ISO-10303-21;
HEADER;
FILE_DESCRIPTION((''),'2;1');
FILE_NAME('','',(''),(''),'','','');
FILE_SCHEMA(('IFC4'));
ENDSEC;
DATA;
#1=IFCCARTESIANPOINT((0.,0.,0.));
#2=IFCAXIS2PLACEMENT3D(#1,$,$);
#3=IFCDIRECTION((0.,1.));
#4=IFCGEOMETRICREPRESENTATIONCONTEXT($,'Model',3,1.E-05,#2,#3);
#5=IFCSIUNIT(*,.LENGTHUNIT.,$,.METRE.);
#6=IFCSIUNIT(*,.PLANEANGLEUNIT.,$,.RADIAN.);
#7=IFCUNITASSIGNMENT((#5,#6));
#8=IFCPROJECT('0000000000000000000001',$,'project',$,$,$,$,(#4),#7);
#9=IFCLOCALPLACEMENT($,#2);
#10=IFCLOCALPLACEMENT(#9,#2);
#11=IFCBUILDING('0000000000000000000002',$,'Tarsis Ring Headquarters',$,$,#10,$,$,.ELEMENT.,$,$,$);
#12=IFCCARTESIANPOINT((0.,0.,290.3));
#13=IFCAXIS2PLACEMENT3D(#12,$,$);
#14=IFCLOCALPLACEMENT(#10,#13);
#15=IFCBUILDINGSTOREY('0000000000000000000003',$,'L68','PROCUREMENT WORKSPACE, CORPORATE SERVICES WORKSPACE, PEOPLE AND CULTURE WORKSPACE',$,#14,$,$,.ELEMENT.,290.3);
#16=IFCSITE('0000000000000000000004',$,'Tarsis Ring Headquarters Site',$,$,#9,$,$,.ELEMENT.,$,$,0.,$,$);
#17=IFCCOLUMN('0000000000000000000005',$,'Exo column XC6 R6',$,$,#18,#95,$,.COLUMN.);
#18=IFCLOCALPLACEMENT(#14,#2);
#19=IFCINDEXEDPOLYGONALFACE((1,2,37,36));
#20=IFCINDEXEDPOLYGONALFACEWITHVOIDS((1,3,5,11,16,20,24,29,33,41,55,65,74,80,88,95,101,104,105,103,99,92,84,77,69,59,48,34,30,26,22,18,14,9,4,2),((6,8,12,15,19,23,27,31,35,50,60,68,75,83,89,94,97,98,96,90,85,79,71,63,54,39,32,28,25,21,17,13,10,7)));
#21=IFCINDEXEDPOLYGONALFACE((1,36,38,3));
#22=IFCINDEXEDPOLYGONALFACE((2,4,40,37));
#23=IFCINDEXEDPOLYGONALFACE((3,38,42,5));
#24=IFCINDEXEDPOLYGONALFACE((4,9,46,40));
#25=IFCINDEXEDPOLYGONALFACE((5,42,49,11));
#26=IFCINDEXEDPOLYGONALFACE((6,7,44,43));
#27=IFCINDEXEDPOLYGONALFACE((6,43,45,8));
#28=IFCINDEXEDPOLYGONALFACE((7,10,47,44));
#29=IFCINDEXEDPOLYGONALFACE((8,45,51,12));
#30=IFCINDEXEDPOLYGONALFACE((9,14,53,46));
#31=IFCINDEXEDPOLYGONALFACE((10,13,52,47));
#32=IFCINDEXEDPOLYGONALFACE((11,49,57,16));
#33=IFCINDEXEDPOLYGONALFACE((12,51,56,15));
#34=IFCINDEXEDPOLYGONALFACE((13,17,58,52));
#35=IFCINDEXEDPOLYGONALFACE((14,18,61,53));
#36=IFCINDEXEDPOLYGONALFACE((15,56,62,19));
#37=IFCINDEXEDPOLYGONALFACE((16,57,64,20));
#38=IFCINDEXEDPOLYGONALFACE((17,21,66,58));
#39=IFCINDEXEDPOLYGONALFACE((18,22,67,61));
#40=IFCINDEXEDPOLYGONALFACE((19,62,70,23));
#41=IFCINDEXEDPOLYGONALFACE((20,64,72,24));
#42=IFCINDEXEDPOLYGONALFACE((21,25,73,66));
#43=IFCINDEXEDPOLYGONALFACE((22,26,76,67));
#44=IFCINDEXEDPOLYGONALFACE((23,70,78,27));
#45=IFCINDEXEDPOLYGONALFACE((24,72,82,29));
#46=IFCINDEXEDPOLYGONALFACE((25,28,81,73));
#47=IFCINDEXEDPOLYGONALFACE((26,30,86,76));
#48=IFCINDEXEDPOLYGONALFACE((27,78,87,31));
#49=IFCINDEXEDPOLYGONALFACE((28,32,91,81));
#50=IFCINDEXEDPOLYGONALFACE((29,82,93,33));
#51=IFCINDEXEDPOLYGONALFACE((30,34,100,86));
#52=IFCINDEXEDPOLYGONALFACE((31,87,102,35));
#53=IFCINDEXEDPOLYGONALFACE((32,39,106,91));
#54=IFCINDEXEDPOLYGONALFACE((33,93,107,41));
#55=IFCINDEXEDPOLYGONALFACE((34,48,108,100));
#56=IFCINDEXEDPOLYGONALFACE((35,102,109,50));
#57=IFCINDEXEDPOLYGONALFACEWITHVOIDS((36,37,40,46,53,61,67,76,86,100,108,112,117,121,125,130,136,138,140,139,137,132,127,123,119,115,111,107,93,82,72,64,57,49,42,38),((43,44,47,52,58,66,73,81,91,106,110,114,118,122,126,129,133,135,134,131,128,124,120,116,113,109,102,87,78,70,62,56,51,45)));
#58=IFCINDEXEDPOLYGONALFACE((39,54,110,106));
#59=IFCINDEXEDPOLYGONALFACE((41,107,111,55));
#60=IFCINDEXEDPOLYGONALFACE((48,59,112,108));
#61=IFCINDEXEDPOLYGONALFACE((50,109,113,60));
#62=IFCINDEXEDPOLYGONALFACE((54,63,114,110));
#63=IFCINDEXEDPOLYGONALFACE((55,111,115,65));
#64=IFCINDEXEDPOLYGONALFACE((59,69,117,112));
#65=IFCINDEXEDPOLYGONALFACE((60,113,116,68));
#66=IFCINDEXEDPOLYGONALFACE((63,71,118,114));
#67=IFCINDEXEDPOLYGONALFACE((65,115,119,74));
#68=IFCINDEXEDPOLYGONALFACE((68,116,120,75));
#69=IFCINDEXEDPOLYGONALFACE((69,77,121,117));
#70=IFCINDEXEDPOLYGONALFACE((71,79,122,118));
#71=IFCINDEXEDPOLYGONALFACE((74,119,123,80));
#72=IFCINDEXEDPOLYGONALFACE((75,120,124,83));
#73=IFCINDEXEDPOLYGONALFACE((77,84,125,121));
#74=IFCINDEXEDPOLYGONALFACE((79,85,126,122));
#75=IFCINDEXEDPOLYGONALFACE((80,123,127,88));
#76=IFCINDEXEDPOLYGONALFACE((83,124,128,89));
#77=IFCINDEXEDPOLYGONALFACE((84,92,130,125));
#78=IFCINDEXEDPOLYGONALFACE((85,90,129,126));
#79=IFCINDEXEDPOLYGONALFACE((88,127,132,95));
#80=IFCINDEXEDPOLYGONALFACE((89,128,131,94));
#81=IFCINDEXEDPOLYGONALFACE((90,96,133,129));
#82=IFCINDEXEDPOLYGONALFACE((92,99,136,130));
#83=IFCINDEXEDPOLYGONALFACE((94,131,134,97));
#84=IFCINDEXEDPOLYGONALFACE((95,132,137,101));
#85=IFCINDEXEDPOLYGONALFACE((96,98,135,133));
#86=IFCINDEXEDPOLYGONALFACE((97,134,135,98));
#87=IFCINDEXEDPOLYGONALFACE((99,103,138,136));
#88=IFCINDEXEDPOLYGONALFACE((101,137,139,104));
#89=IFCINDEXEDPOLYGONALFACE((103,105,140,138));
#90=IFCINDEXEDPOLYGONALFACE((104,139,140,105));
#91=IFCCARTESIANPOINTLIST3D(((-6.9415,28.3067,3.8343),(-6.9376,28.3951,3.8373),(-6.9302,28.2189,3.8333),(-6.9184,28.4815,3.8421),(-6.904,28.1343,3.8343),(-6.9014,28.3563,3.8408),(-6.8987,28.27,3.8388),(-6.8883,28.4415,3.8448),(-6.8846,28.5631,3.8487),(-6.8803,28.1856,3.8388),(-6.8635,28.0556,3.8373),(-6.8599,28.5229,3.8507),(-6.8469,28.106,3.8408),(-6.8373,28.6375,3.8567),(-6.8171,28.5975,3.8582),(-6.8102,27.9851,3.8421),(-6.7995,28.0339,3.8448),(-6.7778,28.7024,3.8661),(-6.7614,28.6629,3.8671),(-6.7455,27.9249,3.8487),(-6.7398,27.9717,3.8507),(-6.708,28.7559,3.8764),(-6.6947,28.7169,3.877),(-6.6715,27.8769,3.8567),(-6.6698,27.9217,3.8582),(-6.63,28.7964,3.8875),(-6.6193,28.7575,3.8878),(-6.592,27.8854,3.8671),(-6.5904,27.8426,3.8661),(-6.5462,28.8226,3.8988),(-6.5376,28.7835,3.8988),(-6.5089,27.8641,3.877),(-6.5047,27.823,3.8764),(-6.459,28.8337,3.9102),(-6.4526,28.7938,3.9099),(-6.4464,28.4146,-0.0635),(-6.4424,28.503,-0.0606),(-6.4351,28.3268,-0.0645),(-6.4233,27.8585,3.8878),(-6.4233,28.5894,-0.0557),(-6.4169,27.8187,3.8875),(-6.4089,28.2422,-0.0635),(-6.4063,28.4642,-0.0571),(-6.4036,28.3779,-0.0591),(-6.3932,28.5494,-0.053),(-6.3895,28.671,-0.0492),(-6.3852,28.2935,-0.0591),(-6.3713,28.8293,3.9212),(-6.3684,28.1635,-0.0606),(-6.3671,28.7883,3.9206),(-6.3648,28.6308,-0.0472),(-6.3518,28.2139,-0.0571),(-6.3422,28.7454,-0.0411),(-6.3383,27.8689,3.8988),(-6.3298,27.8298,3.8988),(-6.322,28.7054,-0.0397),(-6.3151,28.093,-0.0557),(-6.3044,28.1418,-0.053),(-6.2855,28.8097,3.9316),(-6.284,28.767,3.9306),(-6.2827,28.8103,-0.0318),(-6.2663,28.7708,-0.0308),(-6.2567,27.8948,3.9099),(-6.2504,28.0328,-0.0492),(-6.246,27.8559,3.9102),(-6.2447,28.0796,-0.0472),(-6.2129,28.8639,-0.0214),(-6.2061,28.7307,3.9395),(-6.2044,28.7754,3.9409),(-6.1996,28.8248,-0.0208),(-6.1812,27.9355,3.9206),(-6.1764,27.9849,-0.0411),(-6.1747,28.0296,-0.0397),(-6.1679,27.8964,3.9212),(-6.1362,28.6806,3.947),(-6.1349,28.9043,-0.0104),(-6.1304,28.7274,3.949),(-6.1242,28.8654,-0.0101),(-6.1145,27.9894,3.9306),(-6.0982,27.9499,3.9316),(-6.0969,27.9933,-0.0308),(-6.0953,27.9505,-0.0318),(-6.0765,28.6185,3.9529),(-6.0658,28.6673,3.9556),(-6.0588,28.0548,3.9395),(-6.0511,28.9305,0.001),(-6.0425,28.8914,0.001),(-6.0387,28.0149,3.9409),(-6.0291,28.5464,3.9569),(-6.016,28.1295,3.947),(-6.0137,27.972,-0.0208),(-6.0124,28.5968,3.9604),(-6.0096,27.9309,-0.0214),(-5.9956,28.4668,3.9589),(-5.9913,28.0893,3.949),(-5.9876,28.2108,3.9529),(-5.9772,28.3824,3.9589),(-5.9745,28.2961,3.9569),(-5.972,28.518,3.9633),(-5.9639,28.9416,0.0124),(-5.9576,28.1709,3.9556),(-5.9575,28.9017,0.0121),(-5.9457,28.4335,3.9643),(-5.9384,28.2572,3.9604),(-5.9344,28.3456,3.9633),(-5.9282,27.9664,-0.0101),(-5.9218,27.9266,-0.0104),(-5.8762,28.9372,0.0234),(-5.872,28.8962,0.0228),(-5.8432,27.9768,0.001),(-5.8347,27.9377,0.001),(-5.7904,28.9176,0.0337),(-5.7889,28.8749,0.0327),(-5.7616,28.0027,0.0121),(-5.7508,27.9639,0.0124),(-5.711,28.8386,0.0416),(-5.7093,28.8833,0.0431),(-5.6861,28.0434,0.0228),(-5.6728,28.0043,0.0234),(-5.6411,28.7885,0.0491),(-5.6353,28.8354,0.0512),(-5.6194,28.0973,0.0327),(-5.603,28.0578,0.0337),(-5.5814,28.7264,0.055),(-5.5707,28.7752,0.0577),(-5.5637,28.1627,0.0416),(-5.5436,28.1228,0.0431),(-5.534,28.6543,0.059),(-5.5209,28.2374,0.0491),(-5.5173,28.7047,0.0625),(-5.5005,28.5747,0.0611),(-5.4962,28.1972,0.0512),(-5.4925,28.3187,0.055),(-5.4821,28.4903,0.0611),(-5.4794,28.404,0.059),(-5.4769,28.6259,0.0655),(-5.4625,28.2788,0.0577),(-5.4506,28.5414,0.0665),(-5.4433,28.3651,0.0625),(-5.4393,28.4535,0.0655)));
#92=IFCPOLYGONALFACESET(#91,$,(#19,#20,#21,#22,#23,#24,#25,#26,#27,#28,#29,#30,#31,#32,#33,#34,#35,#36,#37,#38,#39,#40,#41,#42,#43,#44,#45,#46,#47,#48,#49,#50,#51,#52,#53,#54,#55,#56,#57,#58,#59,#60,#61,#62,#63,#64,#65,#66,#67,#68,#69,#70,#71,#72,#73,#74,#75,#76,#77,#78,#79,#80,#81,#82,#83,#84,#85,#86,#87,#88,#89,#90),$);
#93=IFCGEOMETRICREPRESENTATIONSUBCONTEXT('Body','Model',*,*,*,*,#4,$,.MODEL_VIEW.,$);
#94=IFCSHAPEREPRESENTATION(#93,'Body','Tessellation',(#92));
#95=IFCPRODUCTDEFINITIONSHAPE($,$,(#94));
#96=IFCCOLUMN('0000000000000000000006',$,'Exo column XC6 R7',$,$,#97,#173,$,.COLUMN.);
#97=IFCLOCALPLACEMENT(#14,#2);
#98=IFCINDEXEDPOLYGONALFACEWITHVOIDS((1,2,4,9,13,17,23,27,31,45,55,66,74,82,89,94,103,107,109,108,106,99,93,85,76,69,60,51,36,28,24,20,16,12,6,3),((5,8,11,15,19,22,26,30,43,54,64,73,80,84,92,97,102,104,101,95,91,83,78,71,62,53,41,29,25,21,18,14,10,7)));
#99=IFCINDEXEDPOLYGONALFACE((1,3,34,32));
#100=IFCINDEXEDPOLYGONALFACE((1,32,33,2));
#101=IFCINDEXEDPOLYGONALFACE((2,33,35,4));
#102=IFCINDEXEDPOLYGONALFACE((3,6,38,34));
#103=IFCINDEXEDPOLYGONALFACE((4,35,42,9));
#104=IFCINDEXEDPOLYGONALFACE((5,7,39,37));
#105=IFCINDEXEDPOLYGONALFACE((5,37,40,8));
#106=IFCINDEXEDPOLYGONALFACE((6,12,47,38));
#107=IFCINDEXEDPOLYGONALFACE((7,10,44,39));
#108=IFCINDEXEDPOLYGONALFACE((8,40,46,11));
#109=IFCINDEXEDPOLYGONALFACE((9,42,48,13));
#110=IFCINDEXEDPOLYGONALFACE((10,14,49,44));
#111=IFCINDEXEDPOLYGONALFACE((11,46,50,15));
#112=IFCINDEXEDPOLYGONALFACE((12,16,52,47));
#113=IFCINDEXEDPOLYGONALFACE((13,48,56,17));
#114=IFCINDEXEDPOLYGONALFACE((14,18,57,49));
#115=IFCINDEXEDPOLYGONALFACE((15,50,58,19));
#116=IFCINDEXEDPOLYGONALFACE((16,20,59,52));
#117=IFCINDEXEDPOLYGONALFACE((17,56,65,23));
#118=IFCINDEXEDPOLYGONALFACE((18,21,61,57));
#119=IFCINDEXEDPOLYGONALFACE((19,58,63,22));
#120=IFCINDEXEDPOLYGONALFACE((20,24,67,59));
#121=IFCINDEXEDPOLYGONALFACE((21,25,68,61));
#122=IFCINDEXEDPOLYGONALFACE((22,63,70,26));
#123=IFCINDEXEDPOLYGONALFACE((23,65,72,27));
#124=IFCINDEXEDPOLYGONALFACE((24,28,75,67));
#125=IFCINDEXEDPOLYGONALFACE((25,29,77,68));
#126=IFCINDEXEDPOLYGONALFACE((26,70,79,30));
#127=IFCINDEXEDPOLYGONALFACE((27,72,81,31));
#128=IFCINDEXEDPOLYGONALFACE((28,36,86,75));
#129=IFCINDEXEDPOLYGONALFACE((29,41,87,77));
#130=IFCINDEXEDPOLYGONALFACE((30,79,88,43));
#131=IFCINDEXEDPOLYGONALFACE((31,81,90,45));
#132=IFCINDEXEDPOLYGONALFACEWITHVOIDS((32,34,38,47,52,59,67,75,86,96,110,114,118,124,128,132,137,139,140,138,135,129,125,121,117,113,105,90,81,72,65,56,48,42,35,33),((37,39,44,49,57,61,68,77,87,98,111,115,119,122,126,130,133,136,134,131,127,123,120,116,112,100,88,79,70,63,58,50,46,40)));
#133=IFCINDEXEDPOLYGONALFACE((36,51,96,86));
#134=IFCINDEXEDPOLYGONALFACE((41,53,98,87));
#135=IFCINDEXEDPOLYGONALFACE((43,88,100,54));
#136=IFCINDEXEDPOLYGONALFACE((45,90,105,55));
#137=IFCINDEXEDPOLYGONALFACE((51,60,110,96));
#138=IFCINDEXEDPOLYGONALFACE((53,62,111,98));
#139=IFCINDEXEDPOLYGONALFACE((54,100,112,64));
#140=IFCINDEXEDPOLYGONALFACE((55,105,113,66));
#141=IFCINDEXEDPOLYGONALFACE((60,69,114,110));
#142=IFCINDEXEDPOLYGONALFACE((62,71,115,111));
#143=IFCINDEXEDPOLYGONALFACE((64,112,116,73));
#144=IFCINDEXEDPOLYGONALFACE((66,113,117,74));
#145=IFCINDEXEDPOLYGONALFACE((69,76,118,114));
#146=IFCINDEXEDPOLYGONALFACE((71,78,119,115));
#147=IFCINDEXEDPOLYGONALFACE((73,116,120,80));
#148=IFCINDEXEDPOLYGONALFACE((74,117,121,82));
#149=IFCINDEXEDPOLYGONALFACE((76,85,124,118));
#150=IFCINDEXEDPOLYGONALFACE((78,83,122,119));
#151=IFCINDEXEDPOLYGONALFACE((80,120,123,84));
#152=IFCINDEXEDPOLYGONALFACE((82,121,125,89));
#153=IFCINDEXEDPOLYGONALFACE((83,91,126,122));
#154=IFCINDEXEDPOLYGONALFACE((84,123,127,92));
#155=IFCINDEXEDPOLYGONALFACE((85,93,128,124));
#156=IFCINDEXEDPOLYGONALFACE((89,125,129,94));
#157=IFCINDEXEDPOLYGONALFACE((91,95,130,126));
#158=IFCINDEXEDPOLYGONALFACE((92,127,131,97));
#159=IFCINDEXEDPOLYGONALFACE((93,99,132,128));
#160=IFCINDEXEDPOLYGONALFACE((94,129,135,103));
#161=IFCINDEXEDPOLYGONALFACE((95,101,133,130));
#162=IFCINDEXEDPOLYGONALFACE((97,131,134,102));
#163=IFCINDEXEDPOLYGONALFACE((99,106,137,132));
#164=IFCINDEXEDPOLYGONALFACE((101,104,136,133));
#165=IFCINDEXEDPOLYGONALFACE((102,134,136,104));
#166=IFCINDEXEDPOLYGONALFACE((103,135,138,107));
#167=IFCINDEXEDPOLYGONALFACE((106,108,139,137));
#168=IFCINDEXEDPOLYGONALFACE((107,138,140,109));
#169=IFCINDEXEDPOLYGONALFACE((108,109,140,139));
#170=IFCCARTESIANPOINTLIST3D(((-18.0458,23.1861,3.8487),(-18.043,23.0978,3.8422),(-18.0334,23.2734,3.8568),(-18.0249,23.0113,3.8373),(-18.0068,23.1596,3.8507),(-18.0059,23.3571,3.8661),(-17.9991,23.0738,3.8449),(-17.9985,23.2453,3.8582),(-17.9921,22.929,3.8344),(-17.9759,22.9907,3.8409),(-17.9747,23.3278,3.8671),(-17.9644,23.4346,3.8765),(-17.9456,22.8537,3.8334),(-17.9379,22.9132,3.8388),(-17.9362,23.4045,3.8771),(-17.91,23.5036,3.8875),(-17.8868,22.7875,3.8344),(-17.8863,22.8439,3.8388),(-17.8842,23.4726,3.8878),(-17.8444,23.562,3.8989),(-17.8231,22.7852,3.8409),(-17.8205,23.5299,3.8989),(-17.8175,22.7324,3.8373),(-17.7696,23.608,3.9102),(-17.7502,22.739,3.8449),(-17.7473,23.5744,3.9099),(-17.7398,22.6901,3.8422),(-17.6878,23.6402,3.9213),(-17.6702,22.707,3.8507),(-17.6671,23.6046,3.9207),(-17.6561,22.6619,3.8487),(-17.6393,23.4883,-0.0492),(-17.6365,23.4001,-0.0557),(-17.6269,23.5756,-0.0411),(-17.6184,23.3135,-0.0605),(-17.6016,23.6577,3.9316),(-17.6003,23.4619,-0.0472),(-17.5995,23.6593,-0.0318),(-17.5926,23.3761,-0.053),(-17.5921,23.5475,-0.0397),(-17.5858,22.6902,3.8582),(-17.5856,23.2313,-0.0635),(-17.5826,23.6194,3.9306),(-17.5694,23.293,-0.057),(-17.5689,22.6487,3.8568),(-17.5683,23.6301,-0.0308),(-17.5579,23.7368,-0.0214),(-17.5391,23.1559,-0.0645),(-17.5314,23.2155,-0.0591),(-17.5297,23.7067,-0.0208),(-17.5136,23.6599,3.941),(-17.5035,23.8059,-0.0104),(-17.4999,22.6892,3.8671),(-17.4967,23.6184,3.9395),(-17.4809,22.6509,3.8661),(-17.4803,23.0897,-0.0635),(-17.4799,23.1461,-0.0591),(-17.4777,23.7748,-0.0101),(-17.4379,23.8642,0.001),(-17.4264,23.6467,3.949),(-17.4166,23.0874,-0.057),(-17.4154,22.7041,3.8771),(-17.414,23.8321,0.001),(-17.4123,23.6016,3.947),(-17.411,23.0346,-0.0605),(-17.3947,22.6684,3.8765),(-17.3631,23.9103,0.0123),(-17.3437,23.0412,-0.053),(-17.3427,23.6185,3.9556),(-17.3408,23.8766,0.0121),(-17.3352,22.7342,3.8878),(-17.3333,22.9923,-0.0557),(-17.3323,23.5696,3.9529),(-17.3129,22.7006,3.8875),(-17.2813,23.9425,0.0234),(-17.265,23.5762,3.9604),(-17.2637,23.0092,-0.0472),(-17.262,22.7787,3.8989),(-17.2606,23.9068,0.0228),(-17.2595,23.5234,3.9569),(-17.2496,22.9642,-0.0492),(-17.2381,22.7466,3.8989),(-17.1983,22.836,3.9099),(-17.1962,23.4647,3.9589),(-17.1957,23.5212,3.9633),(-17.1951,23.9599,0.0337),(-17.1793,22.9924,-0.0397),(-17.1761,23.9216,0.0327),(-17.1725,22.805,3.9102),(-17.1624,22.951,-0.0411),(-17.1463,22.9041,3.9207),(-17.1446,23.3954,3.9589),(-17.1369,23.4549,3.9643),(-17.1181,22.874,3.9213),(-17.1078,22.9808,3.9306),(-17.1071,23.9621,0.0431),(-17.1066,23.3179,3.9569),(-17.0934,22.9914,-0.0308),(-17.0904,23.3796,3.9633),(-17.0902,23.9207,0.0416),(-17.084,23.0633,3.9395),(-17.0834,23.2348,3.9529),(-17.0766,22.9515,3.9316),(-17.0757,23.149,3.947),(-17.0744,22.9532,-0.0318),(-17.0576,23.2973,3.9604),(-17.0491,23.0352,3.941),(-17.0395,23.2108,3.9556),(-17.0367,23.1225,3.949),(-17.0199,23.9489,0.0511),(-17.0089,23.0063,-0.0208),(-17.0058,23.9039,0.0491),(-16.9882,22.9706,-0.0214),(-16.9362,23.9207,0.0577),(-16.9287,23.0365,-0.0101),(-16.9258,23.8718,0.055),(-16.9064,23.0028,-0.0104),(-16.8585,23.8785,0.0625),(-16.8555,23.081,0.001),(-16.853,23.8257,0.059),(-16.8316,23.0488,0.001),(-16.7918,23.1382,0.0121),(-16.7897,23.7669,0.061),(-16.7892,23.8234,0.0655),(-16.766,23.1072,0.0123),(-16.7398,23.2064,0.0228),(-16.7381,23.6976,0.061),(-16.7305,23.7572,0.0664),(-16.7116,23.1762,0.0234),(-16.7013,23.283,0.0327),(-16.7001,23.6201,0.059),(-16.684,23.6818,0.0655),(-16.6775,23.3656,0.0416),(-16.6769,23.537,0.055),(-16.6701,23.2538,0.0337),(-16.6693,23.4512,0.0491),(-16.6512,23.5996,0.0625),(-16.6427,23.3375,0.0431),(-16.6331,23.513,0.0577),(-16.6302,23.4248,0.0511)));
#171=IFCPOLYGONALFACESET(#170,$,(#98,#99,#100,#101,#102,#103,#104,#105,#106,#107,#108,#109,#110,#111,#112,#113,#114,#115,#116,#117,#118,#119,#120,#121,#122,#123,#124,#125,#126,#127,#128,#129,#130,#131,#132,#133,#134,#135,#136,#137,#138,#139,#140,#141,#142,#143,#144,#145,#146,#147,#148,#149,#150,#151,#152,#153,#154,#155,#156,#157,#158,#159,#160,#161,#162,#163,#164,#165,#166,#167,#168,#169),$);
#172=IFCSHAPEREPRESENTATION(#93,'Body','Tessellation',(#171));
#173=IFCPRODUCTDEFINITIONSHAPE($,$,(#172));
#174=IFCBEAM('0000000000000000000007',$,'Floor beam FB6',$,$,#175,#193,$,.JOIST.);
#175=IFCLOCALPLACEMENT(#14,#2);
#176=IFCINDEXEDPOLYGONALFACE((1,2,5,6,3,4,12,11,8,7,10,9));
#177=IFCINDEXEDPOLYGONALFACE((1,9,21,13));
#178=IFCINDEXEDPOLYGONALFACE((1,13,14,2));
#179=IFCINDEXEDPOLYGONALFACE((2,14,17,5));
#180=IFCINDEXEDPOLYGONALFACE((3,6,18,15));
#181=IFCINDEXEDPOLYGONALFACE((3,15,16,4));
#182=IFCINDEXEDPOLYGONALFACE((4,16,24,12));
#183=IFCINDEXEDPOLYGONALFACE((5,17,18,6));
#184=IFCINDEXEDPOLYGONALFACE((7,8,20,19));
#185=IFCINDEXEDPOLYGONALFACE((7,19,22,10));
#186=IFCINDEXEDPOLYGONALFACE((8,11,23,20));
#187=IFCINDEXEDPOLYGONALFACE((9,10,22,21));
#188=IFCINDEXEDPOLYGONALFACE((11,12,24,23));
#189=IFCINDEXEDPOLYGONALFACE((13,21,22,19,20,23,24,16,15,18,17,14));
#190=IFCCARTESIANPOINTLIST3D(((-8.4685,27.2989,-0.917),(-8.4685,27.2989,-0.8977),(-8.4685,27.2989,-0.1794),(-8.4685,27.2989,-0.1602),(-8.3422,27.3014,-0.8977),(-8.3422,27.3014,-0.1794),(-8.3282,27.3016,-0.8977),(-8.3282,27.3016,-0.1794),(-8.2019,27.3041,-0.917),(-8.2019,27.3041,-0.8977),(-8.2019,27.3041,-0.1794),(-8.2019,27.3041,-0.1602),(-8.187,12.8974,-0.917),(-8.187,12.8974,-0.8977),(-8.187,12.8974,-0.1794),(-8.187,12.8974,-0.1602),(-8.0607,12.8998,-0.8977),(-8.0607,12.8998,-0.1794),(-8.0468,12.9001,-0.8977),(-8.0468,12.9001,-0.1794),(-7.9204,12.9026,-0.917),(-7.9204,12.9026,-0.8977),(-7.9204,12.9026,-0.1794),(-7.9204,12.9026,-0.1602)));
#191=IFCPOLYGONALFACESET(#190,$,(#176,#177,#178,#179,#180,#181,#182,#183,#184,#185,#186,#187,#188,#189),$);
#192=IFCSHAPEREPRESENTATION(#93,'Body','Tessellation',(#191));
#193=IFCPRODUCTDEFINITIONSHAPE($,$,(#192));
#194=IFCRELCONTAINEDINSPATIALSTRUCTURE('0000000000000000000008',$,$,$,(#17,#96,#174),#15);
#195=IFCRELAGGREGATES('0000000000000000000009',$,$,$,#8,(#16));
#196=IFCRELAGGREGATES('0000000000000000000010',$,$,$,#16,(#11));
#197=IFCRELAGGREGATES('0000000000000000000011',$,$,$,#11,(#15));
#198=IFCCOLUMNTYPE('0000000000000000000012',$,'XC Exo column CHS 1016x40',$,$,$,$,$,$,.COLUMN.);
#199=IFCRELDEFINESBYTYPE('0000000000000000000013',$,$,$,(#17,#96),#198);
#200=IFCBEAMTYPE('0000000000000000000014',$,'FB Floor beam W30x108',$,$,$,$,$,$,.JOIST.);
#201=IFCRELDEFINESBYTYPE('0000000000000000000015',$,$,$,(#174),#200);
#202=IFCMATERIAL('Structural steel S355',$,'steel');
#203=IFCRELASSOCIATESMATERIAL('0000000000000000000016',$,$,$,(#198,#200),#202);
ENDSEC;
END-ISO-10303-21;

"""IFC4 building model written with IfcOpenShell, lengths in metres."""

from ifc_helpers import new_model, si_unit, direction, frame, origin, origin_2d, place, context, subcontext, project, spatial, hollow_circle, i_section, extrude, material, material_profile, profile_set, type_object, element, save


model = new_model("IFC4")

# Units and contexts
model_context = context("Model", 3, precision=1e-05, world=origin(), true_north=direction((0.0, 1.0)))
body_context = subcontext(model_context, "Body", "Model", "MODEL_VIEW")
ifc_project = project(units=[si_unit("LENGTHUNIT", "METRE"), si_unit("PLANEANGLEUNIT", "RADIAN")], contexts=[model_context])

# Site, building, storey
site_placement = place(None, origin())
site = spatial("IfcSite", under=ifc_project, at=site_placement, Name="Tarsis Ring Headquarters Site", CompositionType="ELEMENT", RefElevation=0.0)
building_placement = place(site_placement, origin())
building = spatial("IfcBuilding", under=site, at=building_placement, Name="Tarsis Ring Headquarters", CompositionType="ELEMENT")
storey_placement = place(building_placement, frame((0.0, 0.0, 290.3)))
storey = spatial("IfcBuildingStorey", under=building, at=storey_placement, Name="L68", Description="PROCUREMENT WORKSPACE, CORPORATE SERVICES WORKSPACE, PEOPLE AND CULTURE WORKSPACE", CompositionType="ELEMENT", Elevation=290.3)

# Columns
ifc_material_1 = material(Name="Structural steel S355", Category="steel")
ifc_material_profile_1 = material_profile(ifc_material_1, hollow_circle(Radius=0.5081, WallThickness=0.04, at=origin_2d()), Name="CHS 1016x40")
ifc_profile_set_1 = profile_set([ifc_material_profile_1], Name="Structural steel S355")
column_type = type_object("IfcColumnType", Name="XC Exo column CHS 1016x40", PredefinedType="COLUMN", material=ifc_profile_set_1)
for number, where, z_axis, x_axis, name in (
    (1, (-5.9429, 28.4341, 0.001), (-0.12596, -0.027453, 0.991655), (0.21295, -0.977063, 0.0), "Exo column XC6 R6"),
    (2, (-17.1348, 23.4565, 0.001), (-0.103415, -0.076893, 0.991662), (0.596679, -0.80248, 0.0), "Exo column XC6 R7"),
):
    element("IfcColumn", number, at=place(storey_placement, frame(where, z_axis=z_axis, x_axis=x_axis)), inside=storey, type_object=column_type, Name=name, PredefinedType="COLUMN", context=body_context, shape_type="SweptSolid", body=[
        extrude(hollow_circle(Radius=0.5081, WallThickness=0.04, at=origin_2d()), origin(), (0.0, 0.0, 1.0), 3.9307),
    ])

# Beam
ifc_material_profile_2 = material_profile(ifc_material_1, i_section(OverallWidth=0.2666, OverallDepth=0.7568, WebThickness=0.0139, FlangeThickness=0.0193, at=origin_2d()), Name="W30x108")
ifc_profile_set_2 = profile_set([ifc_material_profile_2], Name="Structural steel S355")
beam_type_1 = type_object("IfcBeamType", Name="FB Floor beam W30x108", PredefinedType="JOIST", material=ifc_profile_set_2)
beam_1_placement = place(storey_placement, frame((-8.3352, 27.3015, -0.5386), z_axis=(0.019542, -0.999809, 0.0), x_axis=(0.999809, 0.019542, 0.0)))
element("IfcBeam", 3, at=beam_1_placement, inside=storey, type_object=beam_type_1, Name="Floor beam FB6", PredefinedType="JOIST", context=body_context, shape_type="SweptSolid", body=[
    extrude(i_section(OverallWidth=0.2666, OverallDepth=0.7568, WebThickness=0.0139, FlangeThickness=0.0193, at=origin_2d()), origin(), (0.0, 0.0, 1.0), 14.4043),
])

save(model, "model.ifc")
